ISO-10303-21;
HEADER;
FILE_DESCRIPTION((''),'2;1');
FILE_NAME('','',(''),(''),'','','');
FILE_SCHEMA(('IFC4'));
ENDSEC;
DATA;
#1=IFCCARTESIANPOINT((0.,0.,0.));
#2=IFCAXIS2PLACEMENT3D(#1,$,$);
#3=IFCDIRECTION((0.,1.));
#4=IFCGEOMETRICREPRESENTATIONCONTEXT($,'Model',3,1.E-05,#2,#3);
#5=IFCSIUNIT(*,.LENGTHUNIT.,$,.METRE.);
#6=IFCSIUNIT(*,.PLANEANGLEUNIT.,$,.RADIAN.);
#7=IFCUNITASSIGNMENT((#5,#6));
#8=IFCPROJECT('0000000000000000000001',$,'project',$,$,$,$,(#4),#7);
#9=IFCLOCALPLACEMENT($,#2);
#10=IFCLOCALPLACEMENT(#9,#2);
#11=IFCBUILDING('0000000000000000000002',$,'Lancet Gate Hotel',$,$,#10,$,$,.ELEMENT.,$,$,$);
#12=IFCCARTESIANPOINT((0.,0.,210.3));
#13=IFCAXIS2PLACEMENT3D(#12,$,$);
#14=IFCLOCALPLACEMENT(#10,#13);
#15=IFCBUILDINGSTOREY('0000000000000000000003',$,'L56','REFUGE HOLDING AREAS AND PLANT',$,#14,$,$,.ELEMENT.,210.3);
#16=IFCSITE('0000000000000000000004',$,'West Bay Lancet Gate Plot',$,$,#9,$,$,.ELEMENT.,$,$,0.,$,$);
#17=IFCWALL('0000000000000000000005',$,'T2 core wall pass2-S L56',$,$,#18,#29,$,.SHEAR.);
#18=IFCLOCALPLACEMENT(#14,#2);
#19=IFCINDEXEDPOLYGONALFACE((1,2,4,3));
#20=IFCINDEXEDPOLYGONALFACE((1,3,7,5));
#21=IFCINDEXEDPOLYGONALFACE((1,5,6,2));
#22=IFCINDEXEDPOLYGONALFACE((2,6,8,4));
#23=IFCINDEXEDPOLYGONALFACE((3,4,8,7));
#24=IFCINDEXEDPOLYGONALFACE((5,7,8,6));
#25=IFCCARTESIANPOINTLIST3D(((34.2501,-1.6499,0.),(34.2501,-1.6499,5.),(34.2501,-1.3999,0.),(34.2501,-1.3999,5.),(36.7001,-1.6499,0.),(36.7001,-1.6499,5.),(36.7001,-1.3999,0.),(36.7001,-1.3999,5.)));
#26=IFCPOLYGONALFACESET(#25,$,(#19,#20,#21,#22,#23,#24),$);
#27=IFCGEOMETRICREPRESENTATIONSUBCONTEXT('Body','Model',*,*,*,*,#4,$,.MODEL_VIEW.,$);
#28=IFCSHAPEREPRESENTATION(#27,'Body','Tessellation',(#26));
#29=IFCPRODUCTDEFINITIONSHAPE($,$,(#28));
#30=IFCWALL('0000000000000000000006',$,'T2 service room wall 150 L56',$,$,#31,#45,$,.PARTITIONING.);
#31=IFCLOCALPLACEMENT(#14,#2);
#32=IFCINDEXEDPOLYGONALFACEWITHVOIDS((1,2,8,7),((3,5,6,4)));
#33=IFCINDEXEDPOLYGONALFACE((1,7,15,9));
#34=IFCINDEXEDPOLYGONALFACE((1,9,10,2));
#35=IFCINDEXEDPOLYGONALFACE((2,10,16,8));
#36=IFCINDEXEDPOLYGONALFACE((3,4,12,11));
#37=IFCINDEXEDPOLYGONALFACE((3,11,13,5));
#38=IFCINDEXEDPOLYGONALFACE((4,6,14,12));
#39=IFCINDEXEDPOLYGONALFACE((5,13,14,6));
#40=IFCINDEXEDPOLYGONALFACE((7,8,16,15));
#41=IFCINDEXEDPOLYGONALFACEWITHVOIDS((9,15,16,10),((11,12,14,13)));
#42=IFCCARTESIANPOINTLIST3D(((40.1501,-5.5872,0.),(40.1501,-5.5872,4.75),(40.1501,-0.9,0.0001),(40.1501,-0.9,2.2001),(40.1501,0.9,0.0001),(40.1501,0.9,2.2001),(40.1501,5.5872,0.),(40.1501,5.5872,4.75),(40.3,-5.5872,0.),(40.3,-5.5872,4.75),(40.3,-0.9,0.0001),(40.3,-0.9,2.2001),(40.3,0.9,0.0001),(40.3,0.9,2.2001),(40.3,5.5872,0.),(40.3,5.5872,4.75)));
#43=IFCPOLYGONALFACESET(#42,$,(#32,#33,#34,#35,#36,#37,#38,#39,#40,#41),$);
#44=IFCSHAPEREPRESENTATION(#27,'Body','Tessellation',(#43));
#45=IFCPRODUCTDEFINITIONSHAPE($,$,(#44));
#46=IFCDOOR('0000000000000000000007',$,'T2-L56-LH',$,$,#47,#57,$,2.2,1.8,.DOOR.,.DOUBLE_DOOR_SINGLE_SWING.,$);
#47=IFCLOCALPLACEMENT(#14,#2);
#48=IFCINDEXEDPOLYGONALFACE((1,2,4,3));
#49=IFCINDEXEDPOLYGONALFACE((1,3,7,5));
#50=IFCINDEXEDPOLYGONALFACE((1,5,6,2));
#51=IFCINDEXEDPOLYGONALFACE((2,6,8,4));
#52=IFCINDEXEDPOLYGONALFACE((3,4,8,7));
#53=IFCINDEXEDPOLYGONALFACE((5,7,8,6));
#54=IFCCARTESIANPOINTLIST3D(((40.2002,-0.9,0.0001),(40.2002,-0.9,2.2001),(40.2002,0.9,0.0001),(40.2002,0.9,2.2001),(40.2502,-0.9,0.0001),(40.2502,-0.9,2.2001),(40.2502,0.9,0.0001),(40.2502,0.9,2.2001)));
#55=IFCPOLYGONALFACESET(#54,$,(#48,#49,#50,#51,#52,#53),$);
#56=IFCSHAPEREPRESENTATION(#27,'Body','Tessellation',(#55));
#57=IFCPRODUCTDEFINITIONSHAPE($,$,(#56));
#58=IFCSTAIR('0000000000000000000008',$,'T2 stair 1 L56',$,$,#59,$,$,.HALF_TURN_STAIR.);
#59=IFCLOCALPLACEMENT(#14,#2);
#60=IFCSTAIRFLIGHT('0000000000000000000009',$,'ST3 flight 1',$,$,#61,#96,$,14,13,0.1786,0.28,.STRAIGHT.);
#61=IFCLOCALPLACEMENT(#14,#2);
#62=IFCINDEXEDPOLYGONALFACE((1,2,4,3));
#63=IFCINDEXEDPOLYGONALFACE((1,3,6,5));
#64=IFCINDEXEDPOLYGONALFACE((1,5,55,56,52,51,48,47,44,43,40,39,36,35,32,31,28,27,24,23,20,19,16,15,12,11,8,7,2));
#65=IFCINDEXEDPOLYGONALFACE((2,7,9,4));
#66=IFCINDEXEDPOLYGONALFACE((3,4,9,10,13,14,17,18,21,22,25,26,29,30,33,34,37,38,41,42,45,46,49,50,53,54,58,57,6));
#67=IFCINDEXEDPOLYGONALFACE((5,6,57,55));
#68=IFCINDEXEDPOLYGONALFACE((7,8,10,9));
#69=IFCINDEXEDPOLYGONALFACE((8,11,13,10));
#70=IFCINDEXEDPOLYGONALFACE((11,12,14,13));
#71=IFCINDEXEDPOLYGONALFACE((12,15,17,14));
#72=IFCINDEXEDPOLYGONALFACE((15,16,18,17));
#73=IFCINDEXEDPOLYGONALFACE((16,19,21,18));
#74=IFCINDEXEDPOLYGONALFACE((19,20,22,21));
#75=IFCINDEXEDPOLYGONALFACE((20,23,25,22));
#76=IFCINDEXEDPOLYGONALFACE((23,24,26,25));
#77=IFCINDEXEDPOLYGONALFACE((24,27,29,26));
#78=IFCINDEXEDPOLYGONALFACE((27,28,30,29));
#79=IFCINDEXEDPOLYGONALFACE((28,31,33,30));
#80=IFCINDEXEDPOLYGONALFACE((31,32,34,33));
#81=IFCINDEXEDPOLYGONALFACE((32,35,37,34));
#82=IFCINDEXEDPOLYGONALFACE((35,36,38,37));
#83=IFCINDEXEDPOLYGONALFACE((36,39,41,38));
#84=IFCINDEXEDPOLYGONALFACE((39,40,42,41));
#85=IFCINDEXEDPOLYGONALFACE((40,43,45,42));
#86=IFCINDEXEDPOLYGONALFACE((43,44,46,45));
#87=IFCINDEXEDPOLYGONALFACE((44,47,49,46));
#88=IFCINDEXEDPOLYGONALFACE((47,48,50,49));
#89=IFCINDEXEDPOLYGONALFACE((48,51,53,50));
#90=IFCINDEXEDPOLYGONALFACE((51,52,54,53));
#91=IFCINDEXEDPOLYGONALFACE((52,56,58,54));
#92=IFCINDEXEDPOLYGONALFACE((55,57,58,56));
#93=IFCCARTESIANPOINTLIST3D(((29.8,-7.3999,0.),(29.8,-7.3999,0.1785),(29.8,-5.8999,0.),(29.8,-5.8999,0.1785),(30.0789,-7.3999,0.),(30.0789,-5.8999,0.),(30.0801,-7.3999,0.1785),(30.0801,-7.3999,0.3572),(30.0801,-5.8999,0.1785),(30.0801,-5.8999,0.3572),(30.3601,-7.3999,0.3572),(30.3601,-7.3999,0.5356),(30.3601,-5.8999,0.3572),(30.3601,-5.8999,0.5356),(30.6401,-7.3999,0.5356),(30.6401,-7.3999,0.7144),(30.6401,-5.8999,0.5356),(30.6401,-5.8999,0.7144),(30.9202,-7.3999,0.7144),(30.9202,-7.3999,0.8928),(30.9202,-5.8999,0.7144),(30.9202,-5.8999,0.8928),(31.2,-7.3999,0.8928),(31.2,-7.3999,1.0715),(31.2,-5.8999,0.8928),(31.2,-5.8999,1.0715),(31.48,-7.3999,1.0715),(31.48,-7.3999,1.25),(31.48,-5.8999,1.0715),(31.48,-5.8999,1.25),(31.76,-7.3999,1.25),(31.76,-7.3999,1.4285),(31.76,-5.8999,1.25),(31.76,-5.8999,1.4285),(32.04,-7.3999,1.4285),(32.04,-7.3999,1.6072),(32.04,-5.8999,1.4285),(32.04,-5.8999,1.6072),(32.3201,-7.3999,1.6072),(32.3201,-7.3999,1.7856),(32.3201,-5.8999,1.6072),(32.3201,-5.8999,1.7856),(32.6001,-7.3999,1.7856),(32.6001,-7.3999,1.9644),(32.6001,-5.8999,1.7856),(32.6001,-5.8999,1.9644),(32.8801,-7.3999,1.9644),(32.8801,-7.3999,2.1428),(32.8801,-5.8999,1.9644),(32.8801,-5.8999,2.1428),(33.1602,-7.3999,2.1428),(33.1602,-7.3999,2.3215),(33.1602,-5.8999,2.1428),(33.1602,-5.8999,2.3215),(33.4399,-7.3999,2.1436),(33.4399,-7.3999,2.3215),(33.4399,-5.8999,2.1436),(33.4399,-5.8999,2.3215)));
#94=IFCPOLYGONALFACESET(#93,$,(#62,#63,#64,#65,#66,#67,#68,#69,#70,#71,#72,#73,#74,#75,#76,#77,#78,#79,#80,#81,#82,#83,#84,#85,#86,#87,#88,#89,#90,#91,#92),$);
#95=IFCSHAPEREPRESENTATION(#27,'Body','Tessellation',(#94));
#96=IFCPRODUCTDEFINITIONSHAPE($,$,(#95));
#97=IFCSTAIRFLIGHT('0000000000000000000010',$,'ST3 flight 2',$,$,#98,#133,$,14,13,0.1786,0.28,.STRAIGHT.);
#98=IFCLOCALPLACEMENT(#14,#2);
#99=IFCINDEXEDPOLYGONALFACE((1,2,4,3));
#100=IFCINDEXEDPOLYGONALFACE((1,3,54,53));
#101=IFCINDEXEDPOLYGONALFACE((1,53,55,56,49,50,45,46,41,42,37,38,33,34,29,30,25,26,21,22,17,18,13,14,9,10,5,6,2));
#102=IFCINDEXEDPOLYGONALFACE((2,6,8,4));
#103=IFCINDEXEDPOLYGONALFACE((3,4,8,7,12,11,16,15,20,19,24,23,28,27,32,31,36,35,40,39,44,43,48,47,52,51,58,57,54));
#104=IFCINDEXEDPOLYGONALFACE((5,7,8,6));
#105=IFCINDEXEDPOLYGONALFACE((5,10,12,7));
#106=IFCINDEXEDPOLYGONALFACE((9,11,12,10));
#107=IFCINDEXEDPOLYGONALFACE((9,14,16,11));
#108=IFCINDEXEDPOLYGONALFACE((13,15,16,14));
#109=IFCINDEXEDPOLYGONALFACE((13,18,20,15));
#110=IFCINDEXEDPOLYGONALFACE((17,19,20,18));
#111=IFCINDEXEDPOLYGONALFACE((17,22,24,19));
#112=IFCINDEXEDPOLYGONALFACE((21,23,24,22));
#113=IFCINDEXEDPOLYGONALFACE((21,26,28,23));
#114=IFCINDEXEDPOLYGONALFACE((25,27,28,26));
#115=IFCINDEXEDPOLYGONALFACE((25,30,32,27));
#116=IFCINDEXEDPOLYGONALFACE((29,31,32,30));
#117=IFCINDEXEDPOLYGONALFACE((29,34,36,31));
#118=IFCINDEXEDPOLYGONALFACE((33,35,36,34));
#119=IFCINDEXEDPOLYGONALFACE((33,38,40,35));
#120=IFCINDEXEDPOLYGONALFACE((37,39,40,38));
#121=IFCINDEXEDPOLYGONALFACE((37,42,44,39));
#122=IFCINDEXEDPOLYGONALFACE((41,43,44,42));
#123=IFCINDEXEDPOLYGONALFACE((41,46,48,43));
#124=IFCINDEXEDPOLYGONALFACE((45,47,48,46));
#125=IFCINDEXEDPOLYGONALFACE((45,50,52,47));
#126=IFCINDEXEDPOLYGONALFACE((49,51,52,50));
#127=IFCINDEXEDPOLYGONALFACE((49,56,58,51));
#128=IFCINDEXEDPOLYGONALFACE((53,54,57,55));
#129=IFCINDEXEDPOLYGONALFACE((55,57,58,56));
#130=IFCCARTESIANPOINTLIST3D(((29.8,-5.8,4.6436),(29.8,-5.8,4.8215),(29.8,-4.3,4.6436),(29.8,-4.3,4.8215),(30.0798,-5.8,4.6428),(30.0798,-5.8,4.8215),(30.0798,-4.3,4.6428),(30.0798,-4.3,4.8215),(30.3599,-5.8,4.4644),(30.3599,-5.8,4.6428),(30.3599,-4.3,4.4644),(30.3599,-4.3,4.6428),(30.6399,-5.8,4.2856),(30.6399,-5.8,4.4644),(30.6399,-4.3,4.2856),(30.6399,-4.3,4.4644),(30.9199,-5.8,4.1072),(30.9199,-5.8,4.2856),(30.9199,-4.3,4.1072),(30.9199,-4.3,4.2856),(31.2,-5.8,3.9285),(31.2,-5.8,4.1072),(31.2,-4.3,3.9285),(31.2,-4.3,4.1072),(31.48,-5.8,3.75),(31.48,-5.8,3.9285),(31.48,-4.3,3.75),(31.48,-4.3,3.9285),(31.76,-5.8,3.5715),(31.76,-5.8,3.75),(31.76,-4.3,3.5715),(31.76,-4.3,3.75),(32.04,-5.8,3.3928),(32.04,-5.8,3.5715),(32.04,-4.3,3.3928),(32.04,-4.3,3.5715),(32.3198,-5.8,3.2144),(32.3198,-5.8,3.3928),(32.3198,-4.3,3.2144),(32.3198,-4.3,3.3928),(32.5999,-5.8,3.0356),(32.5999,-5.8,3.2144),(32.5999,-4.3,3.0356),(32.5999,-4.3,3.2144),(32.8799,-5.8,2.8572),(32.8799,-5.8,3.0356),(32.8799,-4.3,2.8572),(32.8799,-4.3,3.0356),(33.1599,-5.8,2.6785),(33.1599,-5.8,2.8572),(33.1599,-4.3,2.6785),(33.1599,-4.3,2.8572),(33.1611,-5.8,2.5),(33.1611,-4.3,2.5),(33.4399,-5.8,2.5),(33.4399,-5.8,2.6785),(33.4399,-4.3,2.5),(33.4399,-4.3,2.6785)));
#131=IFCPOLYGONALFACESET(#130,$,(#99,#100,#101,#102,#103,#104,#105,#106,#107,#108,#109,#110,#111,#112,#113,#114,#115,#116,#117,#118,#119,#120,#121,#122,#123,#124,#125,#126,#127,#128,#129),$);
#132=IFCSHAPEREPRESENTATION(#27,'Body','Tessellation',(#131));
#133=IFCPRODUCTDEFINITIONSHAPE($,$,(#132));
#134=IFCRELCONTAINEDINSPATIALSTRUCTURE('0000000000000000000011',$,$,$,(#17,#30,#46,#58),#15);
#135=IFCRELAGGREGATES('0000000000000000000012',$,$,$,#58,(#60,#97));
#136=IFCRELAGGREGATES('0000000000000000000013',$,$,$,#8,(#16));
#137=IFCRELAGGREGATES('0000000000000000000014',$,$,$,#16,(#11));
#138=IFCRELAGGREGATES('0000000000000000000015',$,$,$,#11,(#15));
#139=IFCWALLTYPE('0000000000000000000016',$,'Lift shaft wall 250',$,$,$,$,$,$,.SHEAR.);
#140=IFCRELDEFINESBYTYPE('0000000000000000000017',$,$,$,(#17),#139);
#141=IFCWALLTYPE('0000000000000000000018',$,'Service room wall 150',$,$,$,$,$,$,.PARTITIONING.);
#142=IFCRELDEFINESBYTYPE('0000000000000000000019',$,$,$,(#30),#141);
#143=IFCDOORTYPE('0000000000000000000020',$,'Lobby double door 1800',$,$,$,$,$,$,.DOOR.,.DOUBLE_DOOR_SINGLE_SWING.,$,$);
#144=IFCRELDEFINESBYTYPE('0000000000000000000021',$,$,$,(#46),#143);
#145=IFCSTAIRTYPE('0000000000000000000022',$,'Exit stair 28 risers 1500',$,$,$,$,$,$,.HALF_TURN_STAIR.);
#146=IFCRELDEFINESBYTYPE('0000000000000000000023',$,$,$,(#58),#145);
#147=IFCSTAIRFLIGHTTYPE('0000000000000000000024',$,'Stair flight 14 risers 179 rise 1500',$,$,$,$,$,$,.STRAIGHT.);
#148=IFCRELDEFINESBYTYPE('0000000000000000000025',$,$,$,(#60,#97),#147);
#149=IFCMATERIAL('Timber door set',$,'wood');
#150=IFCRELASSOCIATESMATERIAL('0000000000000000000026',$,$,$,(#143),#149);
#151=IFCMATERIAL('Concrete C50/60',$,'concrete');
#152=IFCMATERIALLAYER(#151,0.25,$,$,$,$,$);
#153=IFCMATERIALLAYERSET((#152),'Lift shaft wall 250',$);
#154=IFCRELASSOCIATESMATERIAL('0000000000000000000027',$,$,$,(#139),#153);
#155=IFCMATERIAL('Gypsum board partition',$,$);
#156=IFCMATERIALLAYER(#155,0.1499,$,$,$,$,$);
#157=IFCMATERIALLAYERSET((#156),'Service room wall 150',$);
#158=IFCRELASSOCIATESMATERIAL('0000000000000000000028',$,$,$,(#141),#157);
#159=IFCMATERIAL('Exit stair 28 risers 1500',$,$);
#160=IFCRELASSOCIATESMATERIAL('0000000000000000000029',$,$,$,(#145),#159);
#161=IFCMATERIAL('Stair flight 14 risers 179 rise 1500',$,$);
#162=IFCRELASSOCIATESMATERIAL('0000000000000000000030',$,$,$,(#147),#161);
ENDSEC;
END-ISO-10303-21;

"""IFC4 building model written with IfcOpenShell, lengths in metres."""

from ifc_helpers import new_model, si_unit, direction, frame, frame_2d, origin, place, context, subcontext, project, spatial, polyline, rectangle, outline, extrude, material, layer, layer_set, type_object, element, fill, aggregate, save


model = new_model("IFC4")

# Units and contexts
model_context = context("Model", 3, precision=1e-05, world=origin(), true_north=direction((0.0, 1.0)))
body_context = subcontext(model_context, "Body", "Model", "MODEL_VIEW")
ifc_project = project(units=[si_unit("LENGTHUNIT", "METRE"), si_unit("PLANEANGLEUNIT", "RADIAN")], contexts=[model_context])

# Site, building, storey
site_placement = place(None, origin())
site = spatial("IfcSite", under=ifc_project, at=site_placement, Name="West Bay Lancet Gate Plot", CompositionType="ELEMENT", RefElevation=0.0)
building_placement = place(site_placement, origin())
building = spatial("IfcBuilding", under=site, at=building_placement, Name="Lancet Gate Hotel", CompositionType="ELEMENT")
storey_placement = place(building_placement, frame((0.0, 0.0, 210.3)))
storey = spatial("IfcBuildingStorey", under=building, at=storey_placement, Name="L56", Description="REFUGE HOLDING AREAS AND PLANT", CompositionType="ELEMENT", Elevation=210.3)

# Shared definitions
ifc_material_1 = material(Name="Timber door set", Category="wood")
door_type_1 = type_object("IfcDoorType", Name="Lobby double door 1800", OperationType="DOUBLE_DOOR_SINGLE_SWING", PredefinedType="DOOR", material=ifc_material_1)

# Shared definitions
ifc_material_2 = material(Name="Concrete C50/60", Category="concrete")
ifc_layer_1 = layer(ifc_material_2, 0.25)
ifc_layer_set_1 = layer_set([ifc_layer_1], Name="Lift shaft wall 250")
wall_type_1 = type_object("IfcWallType", Name="Lift shaft wall 250", PredefinedType="SHEAR", material=ifc_layer_set_1)

# Wall
wall_1_placement = place(storey_placement, frame((34.25, -1.5249, 0.0), z_axis=(0.0, 0.0, 1.0), x_axis=(1.0, 0.0, 0.0)))
element("IfcWall", 1, at=wall_1_placement, inside=storey, type_object=wall_type_1, Name="T2 core wall pass2-S L56", PredefinedType="SHEAR", context=body_context, shape_type="SweptSolid", body=[
    extrude(rectangle(XDim=2.45, YDim=0.25, at=frame_2d((1.2251, 0.0))), origin(), (0.0, 0.0, 1.0), 5.0),
])

# Wall, opening, door
ifc_material_3 = material(Name="Gypsum board partition")
ifc_layer_2 = layer(ifc_material_3, 0.1499)
ifc_layer_set_2 = layer_set([ifc_layer_2], Name="Service room wall 150")
wall_type_2 = type_object("IfcWallType", Name="Service room wall 150", PredefinedType="PARTITIONING", material=ifc_layer_set_2)
wall_2_placement = place(storey_placement, frame((40.2251, -5.5872, 0.0), z_axis=(0.0, 0.0, 1.0), x_axis=(0.0, 1.0, 0.0)))
wall_2 = element("IfcWall", 2, at=wall_2_placement, inside=storey, type_object=wall_type_2, Name="T2 service room wall 150 L56", PredefinedType="PARTITIONING", context=body_context, shape_type="SweptSolid", body=[
    extrude(rectangle(XDim=11.1743, YDim=0.1499, at=frame_2d((5.5872, 0.0))), origin(), (0.0, 0.0, 1.0), 4.75),
])
opening_1_placement = place(wall_2_placement, frame((4.6873, 0.0, 0.0)))
opening_1 = element("IfcOpeningElement", 3, at=opening_1_placement, cuts=wall_2, PredefinedType="OPENING", context=body_context, shape_type="SweptSolid", body=[
    extrude(rectangle(XDim=1.8, YDim=2.2, at=frame_2d((0.8999, 1.1001))), frame((0.0, 0.085, 0.0), z_axis=(0.0, -1.0, 0.0), x_axis=(1.0, 0.0, 0.0)), (0.0, 0.0, 1.0), 0.1699),
])
door_1_placement = place(opening_1_placement, origin())
door_1 = element("IfcDoor", 4, at=door_1_placement, inside=storey, type_object=door_type_1, Name="T2-L56-LH", OperationType="DOUBLE_DOOR_SINGLE_SWING", OverallHeight=2.2, OverallWidth=1.8, PredefinedType="DOOR", context=body_context, shape_type="SweptSolid", body=[
    extrude(rectangle(XDim=1.8, YDim=2.2, at=frame_2d((0.8999, 1.1001))), frame((0.0, 0.0249, 0.0), z_axis=(0.0, -1.0, 0.0), x_axis=(1.0, 0.0, 0.0)), (0.0, 0.0, 1.0), 0.05),
])
fill(opening_1, door_1)

# Stair, stair flights
ifc_material_4 = material(Name="Exit stair 28 risers 1500")
stair_type = type_object("IfcStairType", Name="Exit stair 28 risers 1500", PredefinedType="HALF_TURN_STAIR", material=ifc_material_4)
stair_placement = place(storey_placement, origin())
stair = element("IfcStair", 5, at=stair_placement, inside=storey, type_object=stair_type, Name="T2 stair 1 L56", PredefinedType="HALF_TURN_STAIR")
ifc_material_5 = material(Name="Stair flight 14 risers 179 rise 1500")
stair_flight_type = type_object("IfcStairFlightType", Name="Stair flight 14 risers 179 rise 1500", PredefinedType="STRAIGHT", material=ifc_material_5)
stair_flight_1_placement = place(storey_placement, frame((29.8, -6.6499, 0.0), z_axis=(0.0, 0.0, 1.0), x_axis=(1.0, 0.0, 0.0)))
stair_flight_1 = element("IfcStairFlight", 6, at=stair_flight_1_placement, type_object=stair_flight_type, Name="ST3 flight 1", NumberOfRisers=14, NumberOfTreads=13, PredefinedType="STRAIGHT", RiserHeight=0.1786, TreadLength=0.28, context=body_context, shape_type="SweptSolid", body=[
    extrude(outline(polyline([(0.0, 0.0), (0.0, 0.1785), (0.28, 0.1785), (0.28, 0.3572), (0.5601, 0.3572), (0.5601, 0.5356), (0.8401, 0.5356), (0.8401, 0.7144), (1.1201, 0.7144), (1.1201, 0.8928), (1.3999, 0.8928), (1.3999, 1.0715), (1.6799, 1.0715), (1.6799, 1.25), (1.96, 1.25), (1.96, 1.4285), (2.24, 1.4285), (2.24, 1.6072), (2.52, 1.6072), (2.52, 1.7856), (2.8, 1.7856), (2.8, 1.9644), (3.0801, 1.9644), (3.0801, 2.1428), (3.3601, 2.1428), (3.3601, 2.3215), (3.6399, 2.3215), (3.6399, 2.5), (3.6399, 2.1436), (0.2788, 0.0), (0.0, 0.0)])), frame((0.0, 0.75, 0.0), z_axis=(0.0, -1.0, 0.0), x_axis=(1.0, 0.0, 0.0)), (0.0, 0.0, 1.0), 1.5),
])
stair_flight_2_placement = place(storey_placement, frame((33.4399, -5.05, 2.5), z_axis=(0.0, 0.0, 1.0), x_axis=(-1.0, 0.0, 0.0)))
stair_flight_2 = element("IfcStairFlight", 7, at=stair_flight_2_placement, type_object=stair_flight_type, Name="ST3 flight 2", NumberOfRisers=14, NumberOfTreads=13, PredefinedType="STRAIGHT", RiserHeight=0.1786, TreadLength=0.28, context=body_context, shape_type="SweptSolid", body=[
    extrude(outline(polyline([(0.0, 0.0), (0.0, 0.1785), (0.28, 0.1785), (0.28, 0.3572), (0.5601, 0.3572), (0.5601, 0.5356), (0.8401, 0.5356), (0.8401, 0.7144), (1.1201, 0.7144), (1.1201, 0.8928), (1.3999, 0.8928), (1.3999, 1.0715), (1.6799, 1.0715), (1.6799, 1.25), (1.96, 1.25), (1.96, 1.4285), (2.24, 1.4285), (2.24, 1.6072), (2.52, 1.6072), (2.52, 1.7856), (2.8, 1.7856), (2.8, 1.9644), (3.0801, 1.9644), (3.0801, 2.1428), (3.3601, 2.1428), (3.3601, 2.3215), (3.6399, 2.3215), (3.6399, 2.5), (3.6399, 2.1436), (0.2788, 0.0), (0.0, 0.0)])), frame((0.0, 0.75, 0.0), z_axis=(0.0, -1.0, 0.0), x_axis=(1.0, 0.0, 0.0)), (0.0, 0.0, 1.0), 1.5),
])
aggregate(stair, [stair_flight_1, stair_flight_2])

save(model, "model.ifc")
